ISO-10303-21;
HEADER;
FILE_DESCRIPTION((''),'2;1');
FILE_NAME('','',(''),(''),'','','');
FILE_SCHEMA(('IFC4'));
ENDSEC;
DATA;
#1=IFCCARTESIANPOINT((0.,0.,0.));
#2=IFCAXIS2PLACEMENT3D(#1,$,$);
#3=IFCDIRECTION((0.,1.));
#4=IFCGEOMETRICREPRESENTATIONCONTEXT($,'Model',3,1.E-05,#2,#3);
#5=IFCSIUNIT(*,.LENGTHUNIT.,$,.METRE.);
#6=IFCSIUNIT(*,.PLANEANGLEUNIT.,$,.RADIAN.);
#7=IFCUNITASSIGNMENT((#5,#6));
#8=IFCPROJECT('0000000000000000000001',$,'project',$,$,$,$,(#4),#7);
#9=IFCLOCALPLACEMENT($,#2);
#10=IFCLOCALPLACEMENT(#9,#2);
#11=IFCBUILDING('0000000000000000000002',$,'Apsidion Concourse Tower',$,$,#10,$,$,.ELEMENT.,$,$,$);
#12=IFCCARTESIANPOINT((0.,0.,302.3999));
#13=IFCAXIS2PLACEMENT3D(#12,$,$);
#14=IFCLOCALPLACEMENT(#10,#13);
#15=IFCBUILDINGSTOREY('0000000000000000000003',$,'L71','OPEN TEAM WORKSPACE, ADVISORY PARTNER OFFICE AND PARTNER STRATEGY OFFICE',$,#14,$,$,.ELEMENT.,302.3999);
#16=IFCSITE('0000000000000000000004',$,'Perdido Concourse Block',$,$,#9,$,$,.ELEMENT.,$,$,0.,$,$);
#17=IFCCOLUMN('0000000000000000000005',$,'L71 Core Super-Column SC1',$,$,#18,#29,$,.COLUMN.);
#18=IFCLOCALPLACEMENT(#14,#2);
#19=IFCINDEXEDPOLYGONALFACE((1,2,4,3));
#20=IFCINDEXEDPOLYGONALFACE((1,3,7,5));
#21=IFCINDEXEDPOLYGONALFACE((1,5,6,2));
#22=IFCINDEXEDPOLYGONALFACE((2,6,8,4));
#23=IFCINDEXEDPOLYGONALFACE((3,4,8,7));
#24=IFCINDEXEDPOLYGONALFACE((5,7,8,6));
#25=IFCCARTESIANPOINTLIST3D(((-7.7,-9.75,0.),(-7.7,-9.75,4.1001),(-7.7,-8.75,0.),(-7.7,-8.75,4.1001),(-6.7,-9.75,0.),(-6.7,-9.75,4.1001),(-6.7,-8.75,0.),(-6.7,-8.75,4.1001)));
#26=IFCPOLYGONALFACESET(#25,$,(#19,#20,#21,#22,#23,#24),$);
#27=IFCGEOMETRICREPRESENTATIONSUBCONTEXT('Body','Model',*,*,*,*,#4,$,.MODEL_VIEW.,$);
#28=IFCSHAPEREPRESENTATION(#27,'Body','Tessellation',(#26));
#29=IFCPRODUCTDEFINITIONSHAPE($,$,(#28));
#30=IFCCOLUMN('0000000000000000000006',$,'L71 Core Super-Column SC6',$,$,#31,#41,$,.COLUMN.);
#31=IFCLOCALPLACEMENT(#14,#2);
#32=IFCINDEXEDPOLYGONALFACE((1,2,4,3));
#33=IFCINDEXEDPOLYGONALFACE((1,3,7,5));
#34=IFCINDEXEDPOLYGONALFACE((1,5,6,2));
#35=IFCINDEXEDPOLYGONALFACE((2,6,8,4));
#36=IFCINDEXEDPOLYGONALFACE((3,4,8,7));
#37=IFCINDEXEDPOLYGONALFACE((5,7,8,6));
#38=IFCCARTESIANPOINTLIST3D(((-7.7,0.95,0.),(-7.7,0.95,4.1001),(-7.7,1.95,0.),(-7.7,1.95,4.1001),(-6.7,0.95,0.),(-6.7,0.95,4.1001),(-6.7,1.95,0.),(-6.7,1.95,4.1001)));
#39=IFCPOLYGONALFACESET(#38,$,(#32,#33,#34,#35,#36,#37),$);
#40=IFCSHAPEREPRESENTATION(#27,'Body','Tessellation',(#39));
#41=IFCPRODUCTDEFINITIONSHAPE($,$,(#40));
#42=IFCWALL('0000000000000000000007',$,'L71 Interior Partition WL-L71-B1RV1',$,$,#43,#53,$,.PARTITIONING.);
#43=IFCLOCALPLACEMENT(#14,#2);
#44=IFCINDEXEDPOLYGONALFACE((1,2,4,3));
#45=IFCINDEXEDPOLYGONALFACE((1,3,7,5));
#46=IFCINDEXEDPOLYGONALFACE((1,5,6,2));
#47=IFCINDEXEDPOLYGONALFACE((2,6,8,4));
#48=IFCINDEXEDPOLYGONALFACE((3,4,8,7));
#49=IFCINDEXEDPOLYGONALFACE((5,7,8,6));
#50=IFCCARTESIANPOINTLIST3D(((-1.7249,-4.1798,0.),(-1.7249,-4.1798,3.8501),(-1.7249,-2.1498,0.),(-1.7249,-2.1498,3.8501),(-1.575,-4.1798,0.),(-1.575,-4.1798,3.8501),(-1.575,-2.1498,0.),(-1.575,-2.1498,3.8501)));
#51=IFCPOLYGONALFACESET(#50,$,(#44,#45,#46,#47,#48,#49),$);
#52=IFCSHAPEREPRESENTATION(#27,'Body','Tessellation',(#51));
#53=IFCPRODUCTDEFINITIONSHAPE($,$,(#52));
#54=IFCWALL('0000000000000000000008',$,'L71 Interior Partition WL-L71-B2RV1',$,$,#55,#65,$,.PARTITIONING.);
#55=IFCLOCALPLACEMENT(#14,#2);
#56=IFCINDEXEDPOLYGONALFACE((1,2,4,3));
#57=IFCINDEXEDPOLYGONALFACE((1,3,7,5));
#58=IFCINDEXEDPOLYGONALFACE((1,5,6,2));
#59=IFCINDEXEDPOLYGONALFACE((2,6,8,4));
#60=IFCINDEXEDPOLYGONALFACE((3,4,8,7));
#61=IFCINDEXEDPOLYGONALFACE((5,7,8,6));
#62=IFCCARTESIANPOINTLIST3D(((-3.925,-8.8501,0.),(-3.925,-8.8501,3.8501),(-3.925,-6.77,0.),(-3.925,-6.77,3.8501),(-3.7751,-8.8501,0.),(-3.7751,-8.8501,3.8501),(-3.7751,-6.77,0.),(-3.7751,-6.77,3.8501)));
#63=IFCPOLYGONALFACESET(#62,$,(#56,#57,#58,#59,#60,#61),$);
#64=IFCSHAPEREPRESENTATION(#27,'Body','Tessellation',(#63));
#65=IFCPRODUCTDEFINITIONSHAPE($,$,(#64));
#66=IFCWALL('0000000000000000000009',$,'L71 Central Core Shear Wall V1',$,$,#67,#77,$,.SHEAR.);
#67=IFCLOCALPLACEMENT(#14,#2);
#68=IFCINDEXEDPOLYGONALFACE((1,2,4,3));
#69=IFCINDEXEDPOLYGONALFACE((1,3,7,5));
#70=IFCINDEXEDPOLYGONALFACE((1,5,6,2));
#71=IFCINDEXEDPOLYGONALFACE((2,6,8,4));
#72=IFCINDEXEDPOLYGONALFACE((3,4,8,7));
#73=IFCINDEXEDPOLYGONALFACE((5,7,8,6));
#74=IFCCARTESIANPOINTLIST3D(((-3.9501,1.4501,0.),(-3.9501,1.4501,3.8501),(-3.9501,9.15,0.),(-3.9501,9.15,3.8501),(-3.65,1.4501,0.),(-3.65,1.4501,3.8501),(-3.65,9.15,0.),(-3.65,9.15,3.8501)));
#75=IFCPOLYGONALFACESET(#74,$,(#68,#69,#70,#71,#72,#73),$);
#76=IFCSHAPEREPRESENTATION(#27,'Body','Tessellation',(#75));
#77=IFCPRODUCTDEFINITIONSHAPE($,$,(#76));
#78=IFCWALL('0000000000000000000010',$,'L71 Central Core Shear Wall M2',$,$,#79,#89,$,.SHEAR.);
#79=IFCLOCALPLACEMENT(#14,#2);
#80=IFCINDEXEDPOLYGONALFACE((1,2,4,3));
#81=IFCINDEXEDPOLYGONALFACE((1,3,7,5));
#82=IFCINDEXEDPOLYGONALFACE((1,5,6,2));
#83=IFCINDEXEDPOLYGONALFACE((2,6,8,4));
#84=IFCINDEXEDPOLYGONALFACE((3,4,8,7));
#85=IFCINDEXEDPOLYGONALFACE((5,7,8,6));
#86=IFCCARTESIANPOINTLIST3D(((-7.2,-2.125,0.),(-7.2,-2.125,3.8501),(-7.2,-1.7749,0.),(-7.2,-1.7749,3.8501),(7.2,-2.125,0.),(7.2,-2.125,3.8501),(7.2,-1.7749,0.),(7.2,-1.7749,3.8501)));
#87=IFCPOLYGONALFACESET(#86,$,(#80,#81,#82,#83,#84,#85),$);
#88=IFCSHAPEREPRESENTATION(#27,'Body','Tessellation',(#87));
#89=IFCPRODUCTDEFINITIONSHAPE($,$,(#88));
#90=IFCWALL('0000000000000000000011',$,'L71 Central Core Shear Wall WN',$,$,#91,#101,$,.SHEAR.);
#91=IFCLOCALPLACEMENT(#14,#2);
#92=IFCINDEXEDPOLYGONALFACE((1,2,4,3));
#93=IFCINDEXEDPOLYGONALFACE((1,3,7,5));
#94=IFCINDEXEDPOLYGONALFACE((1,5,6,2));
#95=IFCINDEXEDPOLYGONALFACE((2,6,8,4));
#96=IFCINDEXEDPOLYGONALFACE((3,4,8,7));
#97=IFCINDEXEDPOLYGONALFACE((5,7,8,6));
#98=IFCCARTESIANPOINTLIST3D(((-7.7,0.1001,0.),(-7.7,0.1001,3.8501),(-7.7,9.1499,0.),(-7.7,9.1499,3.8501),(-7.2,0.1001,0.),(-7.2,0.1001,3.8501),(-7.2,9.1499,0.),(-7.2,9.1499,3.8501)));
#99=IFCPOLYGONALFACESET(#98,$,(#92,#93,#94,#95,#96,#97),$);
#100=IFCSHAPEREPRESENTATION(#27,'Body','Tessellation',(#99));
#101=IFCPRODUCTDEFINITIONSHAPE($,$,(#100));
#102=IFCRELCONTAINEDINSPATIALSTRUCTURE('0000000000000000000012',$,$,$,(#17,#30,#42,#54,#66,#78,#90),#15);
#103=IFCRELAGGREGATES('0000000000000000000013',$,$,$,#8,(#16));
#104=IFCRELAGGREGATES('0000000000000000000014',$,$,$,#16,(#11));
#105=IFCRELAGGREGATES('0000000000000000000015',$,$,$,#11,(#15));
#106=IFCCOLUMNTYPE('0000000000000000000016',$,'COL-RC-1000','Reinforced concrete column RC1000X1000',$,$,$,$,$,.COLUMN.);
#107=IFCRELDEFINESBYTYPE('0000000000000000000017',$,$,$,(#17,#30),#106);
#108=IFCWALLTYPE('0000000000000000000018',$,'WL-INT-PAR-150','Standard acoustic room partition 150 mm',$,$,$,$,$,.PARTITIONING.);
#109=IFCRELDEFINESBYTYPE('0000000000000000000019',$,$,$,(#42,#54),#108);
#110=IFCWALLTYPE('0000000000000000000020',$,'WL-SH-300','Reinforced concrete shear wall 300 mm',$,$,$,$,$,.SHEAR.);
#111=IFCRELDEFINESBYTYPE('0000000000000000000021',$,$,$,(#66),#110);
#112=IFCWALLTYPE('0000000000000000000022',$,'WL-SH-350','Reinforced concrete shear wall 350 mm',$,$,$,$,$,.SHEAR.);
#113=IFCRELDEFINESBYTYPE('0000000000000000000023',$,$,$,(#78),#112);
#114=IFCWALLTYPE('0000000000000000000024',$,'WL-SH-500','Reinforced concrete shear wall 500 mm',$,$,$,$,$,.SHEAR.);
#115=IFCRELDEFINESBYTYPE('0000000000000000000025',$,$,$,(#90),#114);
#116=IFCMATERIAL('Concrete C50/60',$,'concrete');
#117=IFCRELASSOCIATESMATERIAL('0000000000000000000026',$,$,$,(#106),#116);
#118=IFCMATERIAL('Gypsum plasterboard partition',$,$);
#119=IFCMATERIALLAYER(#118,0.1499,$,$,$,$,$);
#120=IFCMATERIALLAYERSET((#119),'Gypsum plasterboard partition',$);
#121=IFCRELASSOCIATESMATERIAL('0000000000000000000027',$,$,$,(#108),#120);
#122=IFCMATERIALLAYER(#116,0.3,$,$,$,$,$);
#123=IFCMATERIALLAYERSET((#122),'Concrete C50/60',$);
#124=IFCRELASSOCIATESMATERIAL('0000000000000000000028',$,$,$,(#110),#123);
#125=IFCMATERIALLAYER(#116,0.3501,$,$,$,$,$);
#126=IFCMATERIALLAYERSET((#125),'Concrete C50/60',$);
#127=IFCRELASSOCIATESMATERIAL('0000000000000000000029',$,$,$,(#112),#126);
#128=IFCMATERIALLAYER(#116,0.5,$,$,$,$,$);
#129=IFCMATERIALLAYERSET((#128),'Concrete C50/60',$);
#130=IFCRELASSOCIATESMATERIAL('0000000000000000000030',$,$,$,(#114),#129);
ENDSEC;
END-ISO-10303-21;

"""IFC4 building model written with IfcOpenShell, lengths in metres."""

from ifc_helpers import new_model, si_unit, direction, frame, frame_2d, origin, origin_2d, place, context, subcontext, project, spatial, rectangle, extrude, material, layer, layer_set, material_profile, profile_set, type_object, element, save


model = new_model("IFC4")

# Units and contexts
model_context = context("Model", 3, precision=1e-05, world=origin(), true_north=direction((0.0, 1.0)))
body_context = subcontext(model_context, "Body", "Model", "MODEL_VIEW")
ifc_project = project(units=[si_unit("LENGTHUNIT", "METRE"), si_unit("PLANEANGLEUNIT", "RADIAN")], contexts=[model_context])

# Site, building, storey
site_placement = place(None, origin())
site = spatial("IfcSite", under=ifc_project, at=site_placement, Name="Perdido Concourse Block", CompositionType="ELEMENT", RefElevation=0.0)
building_placement = place(site_placement, origin())
building = spatial("IfcBuilding", under=site, at=building_placement, Name="Apsidion Concourse Tower", CompositionType="ELEMENT")
storey_placement = place(building_placement, frame((0.0, 0.0, 302.3999)))
storey = spatial("IfcBuildingStorey", under=building, at=storey_placement, Name="L71", Description="OPEN TEAM WORKSPACE, ADVISORY PARTNER OFFICE AND PARTNER STRATEGY OFFICE", CompositionType="ELEMENT", Elevation=302.3999)

# Columns
ifc_material_1 = material(Name="Concrete C50/60", Category="concrete")
ifc_material_profile = material_profile(ifc_material_1, rectangle(XDim=1.0, YDim=1.0, at=origin_2d()), Name="RC 1000x1000")
ifc_profile_set = profile_set([ifc_material_profile], Name="Concrete C50/60")
column_type = type_object("IfcColumnType", Name="COL-RC-1000", Description="Reinforced concrete column RC1000X1000", PredefinedType="COLUMN", material=ifc_profile_set)
for number, where, z_axis, x_axis, name in (
    (1, (-7.2, -9.25, 0.0), (0.0, 0.0, 1.0), (1.0, 0.0, 0.0), "L71 Core Super-Column SC1"),
    (2, (-7.2, 1.45, 0.0), (0.0, 0.0, 1.0), (1.0, 0.0, 0.0), "L71 Core Super-Column SC6"),
):
    element("IfcColumn", number, at=place(storey_placement, frame(where, z_axis=z_axis, x_axis=x_axis)), inside=storey, type_object=column_type, Name=name, PredefinedType="COLUMN", context=body_context, shape_type="SweptSolid", body=[
        extrude(rectangle(XDim=1.0, YDim=1.0, at=origin_2d()), origin(), (0.0, 0.0, 1.0), 4.1001),
    ])

# Walls
ifc_material_2 = material(Name="Gypsum plasterboard partition")
ifc_layer_1 = layer(ifc_material_2, 0.1499)
ifc_layer_set_1 = layer_set([ifc_layer_1], Name="Gypsum plasterboard partition")
wall_type_1 = type_object("IfcWallType", Name="WL-INT-PAR-150", Description="Standard acoustic room partition 150 mm", PredefinedType="PARTITIONING", material=ifc_layer_set_1)
wall_1_placement = place(storey_placement, frame((-1.6499, -4.1799, 0.0), z_axis=(0.0, 0.0, 1.0), x_axis=(0.0, 1.0, 0.0)))
element("IfcWall", 3, at=wall_1_placement, inside=storey, type_object=wall_type_1, Name="L71 Interior Partition WL-L71-B1RV1", PredefinedType="PARTITIONING", context=body_context, shape_type="SweptSolid", body=[
    extrude(rectangle(XDim=2.03, YDim=0.1499, at=frame_2d((1.0151, 0.0))), origin(), (0.0, 0.0, 1.0), 3.8501),
])
wall_2_placement = place(storey_placement, frame((-3.8501, -8.8501, 0.0), z_axis=(0.0, 0.0, 1.0), x_axis=(0.0, 1.0, 0.0)))
element("IfcWall", 4, at=wall_2_placement, inside=storey, type_object=wall_type_1, Name="L71 Interior Partition WL-L71-B2RV1", PredefinedType="PARTITIONING", context=body_context, shape_type="SweptSolid", body=[
    extrude(rectangle(XDim=2.0801, YDim=0.1499, at=frame_2d((1.04, 0.0))), origin(), (0.0, 0.0, 1.0), 3.8501),
])

# Wall
ifc_layer_2 = layer(ifc_material_1, 0.3)
ifc_layer_set_2 = layer_set([ifc_layer_2], Name="Concrete C50/60")
wall_type_2 = type_object("IfcWallType", Name="WL-SH-300", Description="Reinforced concrete shear wall 300 mm", PredefinedType="SHEAR", material=ifc_layer_set_2)
wall_3_placement = place(storey_placement, frame((-3.8, 1.45, 0.0), z_axis=(0.0, 0.0, 1.0), x_axis=(0.0, 1.0, 0.0)))
element("IfcWall", 5, at=wall_3_placement, inside=storey, type_object=wall_type_2, Name="L71 Central Core Shear Wall V1", PredefinedType="SHEAR", context=body_context, shape_type="SweptSolid", body=[
    extrude(rectangle(XDim=7.7, YDim=0.3, at=frame_2d((3.8501, 0.0))), origin(), (0.0, 0.0, 1.0), 3.8501),
])

# Shared definitions
ifc_layer_3 = layer(ifc_material_1, 0.3501)
ifc_layer_set_3 = layer_set([ifc_layer_3], Name="Concrete C50/60")
wall_type_3 = type_object("IfcWallType", Name="WL-SH-350", Description="Reinforced concrete shear wall 350 mm", PredefinedType="SHEAR", material=ifc_layer_set_3)

# Wall
wall_4_placement = place(storey_placement, frame((-7.2, -1.95, 0.0), z_axis=(0.0, 0.0, 1.0), x_axis=(1.0, 0.0, 0.0)))
element("IfcWall", 6, at=wall_4_placement, inside=storey, type_object=wall_type_3, Name="L71 Central Core Shear Wall M2", PredefinedType="SHEAR", context=body_context, shape_type="SweptSolid", body=[
    extrude(rectangle(XDim=14.3999, YDim=0.3501, at=frame_2d((7.2, 0.0))), origin(), (0.0, 0.0, 1.0), 3.8501),
])

# Wall
ifc_layer_4 = layer(ifc_material_1, 0.5)
ifc_layer_set_4 = layer_set([ifc_layer_4], Name="Concrete C50/60")
wall_type_4 = type_object("IfcWallType", Name="WL-SH-500", Description="Reinforced concrete shear wall 500 mm", PredefinedType="SHEAR", material=ifc_layer_set_4)
wall_5_placement = place(storey_placement, frame((-7.45, 0.1001, 0.0), z_axis=(0.0, 0.0, 1.0), x_axis=(0.0, 1.0, 0.0)))
element("IfcWall", 7, at=wall_5_placement, inside=storey, type_object=wall_type_4, Name="L71 Central Core Shear Wall WN", PredefinedType="SHEAR", context=body_context, shape_type="SweptSolid", body=[
    extrude(rectangle(XDim=9.0498, YDim=0.5, at=frame_2d((4.5249, 0.0))), origin(), (0.0, 0.0, 1.0), 3.8501),
])

save(model, "model.ifc")
